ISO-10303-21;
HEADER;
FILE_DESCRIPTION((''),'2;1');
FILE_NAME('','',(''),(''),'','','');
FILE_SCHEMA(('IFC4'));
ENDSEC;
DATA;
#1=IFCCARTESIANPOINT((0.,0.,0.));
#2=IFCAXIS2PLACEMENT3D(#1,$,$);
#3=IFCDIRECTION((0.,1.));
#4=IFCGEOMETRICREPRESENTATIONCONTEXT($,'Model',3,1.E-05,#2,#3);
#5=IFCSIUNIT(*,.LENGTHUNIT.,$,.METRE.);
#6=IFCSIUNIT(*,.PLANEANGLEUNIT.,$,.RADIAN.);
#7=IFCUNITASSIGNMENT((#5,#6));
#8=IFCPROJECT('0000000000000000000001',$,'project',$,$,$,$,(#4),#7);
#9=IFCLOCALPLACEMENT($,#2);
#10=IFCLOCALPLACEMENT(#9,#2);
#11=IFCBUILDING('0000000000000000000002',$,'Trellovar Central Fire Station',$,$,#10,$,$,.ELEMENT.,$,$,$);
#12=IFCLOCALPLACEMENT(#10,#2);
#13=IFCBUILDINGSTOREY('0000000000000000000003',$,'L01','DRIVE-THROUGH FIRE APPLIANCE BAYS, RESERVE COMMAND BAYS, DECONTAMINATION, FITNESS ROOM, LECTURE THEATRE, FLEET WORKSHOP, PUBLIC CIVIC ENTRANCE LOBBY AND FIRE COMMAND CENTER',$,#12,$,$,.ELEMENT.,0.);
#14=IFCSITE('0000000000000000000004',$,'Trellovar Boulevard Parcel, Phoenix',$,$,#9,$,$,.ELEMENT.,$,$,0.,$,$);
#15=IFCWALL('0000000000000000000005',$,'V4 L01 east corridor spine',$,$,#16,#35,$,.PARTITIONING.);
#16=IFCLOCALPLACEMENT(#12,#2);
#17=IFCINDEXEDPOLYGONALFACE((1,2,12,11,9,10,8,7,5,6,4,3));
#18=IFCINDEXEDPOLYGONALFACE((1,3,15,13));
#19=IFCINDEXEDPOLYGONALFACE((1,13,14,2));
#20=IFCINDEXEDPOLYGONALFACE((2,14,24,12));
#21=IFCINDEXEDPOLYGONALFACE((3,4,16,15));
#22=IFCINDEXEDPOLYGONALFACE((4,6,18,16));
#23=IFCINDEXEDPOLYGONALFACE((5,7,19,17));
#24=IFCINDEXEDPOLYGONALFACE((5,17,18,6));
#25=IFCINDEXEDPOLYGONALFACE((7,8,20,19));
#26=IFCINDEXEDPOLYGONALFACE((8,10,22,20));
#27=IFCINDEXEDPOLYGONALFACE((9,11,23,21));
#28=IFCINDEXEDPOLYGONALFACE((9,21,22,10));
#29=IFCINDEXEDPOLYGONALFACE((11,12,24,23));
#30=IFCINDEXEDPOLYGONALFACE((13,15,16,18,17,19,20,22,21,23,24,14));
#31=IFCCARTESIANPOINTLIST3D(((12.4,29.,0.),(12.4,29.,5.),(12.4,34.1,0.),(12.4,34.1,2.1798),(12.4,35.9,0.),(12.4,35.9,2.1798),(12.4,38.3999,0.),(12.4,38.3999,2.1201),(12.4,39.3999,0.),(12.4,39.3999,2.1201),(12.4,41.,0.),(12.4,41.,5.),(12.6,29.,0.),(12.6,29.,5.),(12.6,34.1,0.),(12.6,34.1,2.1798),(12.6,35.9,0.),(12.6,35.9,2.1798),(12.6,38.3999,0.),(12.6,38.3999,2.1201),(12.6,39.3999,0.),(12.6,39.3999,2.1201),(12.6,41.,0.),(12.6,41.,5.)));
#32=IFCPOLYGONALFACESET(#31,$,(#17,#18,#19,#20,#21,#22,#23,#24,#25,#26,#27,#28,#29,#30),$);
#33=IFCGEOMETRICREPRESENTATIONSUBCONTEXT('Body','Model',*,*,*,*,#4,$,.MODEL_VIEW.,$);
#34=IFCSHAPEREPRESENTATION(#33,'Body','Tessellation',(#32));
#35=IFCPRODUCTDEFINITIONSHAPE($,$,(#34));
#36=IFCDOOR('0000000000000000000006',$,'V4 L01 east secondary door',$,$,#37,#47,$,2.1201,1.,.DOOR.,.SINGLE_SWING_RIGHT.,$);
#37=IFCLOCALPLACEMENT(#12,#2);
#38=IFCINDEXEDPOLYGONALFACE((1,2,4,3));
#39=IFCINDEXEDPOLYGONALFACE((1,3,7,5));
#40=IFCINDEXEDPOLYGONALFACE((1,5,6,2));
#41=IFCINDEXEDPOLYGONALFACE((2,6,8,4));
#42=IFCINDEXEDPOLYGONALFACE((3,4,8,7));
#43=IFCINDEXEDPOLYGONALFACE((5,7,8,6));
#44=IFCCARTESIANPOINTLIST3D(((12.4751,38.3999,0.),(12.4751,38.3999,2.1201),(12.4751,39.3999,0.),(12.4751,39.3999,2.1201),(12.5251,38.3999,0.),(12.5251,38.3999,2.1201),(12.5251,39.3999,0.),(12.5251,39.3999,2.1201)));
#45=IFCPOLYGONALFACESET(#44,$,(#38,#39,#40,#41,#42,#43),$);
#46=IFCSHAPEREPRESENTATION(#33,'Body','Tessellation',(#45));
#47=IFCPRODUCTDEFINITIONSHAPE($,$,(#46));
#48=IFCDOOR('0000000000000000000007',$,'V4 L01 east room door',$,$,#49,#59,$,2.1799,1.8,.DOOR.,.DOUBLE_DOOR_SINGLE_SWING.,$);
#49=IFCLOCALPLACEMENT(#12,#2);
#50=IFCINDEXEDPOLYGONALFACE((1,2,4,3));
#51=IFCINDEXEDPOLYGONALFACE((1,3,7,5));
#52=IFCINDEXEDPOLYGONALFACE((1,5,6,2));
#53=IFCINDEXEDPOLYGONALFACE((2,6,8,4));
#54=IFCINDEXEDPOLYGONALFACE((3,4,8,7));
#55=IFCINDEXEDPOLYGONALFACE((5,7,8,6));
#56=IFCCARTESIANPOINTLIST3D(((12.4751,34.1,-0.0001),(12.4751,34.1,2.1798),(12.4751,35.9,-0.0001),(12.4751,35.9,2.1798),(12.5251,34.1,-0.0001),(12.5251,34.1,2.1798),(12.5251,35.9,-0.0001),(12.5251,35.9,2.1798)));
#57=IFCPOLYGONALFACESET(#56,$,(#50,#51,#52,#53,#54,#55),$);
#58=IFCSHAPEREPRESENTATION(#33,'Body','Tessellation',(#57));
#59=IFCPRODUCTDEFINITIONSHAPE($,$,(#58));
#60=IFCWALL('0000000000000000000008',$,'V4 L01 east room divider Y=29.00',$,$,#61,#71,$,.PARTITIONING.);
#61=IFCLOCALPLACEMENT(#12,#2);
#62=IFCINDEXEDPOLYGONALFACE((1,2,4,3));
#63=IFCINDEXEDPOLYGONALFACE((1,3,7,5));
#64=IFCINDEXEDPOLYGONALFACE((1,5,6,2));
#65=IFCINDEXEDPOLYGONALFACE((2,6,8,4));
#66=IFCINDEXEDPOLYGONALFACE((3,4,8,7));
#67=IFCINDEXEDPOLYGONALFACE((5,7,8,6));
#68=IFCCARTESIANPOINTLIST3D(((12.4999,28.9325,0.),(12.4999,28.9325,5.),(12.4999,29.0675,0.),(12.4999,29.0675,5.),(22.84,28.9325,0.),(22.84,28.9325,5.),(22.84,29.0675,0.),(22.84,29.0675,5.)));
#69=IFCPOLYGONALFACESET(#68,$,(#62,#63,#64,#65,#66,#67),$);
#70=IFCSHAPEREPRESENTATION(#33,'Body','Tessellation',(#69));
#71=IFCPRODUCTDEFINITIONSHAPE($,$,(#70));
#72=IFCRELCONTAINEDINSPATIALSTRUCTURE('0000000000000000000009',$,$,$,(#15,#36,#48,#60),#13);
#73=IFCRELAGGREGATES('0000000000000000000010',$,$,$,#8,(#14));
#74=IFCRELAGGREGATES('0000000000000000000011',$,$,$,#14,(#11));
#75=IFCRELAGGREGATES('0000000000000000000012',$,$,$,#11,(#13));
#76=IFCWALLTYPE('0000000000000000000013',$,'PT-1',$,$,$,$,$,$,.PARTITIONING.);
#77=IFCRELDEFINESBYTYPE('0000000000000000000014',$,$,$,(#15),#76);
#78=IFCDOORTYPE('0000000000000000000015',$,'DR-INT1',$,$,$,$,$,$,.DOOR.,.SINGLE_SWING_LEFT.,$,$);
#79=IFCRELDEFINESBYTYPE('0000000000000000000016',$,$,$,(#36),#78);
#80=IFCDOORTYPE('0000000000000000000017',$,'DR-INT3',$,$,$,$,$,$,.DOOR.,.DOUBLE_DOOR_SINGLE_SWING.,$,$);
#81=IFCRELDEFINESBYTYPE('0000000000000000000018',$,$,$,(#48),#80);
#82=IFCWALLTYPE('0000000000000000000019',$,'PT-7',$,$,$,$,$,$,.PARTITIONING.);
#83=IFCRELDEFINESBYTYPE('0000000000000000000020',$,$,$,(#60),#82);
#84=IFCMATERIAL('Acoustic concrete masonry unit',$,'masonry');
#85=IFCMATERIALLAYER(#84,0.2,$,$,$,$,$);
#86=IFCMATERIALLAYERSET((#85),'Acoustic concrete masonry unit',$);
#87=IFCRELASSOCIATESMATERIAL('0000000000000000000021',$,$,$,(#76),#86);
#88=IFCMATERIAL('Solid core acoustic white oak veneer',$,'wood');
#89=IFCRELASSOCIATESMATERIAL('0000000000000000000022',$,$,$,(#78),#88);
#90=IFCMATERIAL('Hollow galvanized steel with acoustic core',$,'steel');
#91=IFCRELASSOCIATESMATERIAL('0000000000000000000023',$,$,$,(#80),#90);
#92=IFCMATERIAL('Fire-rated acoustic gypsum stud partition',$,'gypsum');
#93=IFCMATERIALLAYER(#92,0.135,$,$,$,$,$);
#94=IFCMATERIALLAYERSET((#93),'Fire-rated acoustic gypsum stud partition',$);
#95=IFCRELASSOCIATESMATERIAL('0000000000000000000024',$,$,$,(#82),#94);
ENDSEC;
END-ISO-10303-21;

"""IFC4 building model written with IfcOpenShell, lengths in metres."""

from ifc_helpers import new_model, si_unit, direction, frame, frame_2d, origin, place, context, subcontext, project, spatial, rectangle, extrude, material, layer, layer_set, type_object, element, fill, save


model = new_model("IFC4")

# Units and contexts
model_context = context("Model", 3, precision=1e-05, world=origin(), true_north=direction((0.0, 1.0)))
body_context = subcontext(model_context, "Body", "Model", "MODEL_VIEW")
ifc_project = project(units=[si_unit("LENGTHUNIT", "METRE"), si_unit("PLANEANGLEUNIT", "RADIAN")], contexts=[model_context])

# Site, building, storey
site_placement = place(None, origin())
site = spatial("IfcSite", under=ifc_project, at=site_placement, Name="Trellovar Boulevard Parcel, Phoenix", CompositionType="ELEMENT", RefElevation=0.0)
building_placement = place(site_placement, origin())
building = spatial("IfcBuilding", under=site, at=building_placement, Name="Trellovar Central Fire Station", CompositionType="ELEMENT")
storey_placement = place(building_placement, origin())
storey = spatial("IfcBuildingStorey", under=building, at=storey_placement, Name="L01", Description="DRIVE-THROUGH FIRE APPLIANCE BAYS, RESERVE COMMAND BAYS, DECONTAMINATION, FITNESS ROOM, LECTURE THEATRE, FLEET WORKSHOP, PUBLIC CIVIC ENTRANCE LOBBY AND FIRE COMMAND CENTER", CompositionType="ELEMENT", Elevation=0.0)

# Wall, openings, doors
ifc_material_1 = material(Name="Acoustic concrete masonry unit", Category="masonry")
ifc_layer_1 = layer(ifc_material_1, 0.2)
ifc_layer_set_1 = layer_set([ifc_layer_1], Name="Acoustic concrete masonry unit")
wall_type_1 = type_object("IfcWallType", Name="PT-1", PredefinedType="PARTITIONING", material=ifc_layer_set_1)
wall_1_placement = place(storey_placement, frame((12.5, 29.0, 0.0), z_axis=(0.0, 0.0, 1.0), x_axis=(0.0, 1.0, 0.0)))
wall_1 = element("IfcWall", 1, at=wall_1_placement, inside=storey, type_object=wall_type_1, Name="V4 L01 east corridor spine", PredefinedType="PARTITIONING", context=body_context, shape_type="SweptSolid", body=[
    extrude(rectangle(XDim=12.0, YDim=0.2, at=frame_2d((6.0, 0.0))), origin(), (0.0, 0.0, 1.0), 5.0),
])
opening_1_placement = place(wall_1_placement, frame((5.1001, 0.0, 0.0)))
opening_1 = element("IfcOpeningElement", 2, at=opening_1_placement, cuts=wall_1, PredefinedType="OPENING", context=body_context, shape_type="SweptSolid", body=[
    extrude(rectangle(XDim=1.8, YDim=2.1799, at=frame_2d((0.8999, 1.0898))), frame((0.0, 0.1099, 0.0), z_axis=(0.0, -1.0, 0.0), x_axis=(1.0, 0.0, 0.0)), (0.0, 0.0, 1.0), 0.22),
])
opening_2_placement = place(wall_1_placement, frame((9.3999, 0.0, 0.0)))
opening_2 = element("IfcOpeningElement", 3, at=opening_2_placement, cuts=wall_1, PredefinedType="OPENING", context=body_context, shape_type="SweptSolid", body=[
    extrude(rectangle(XDim=1.0, YDim=2.1201, at=frame_2d((0.5, 1.0601))), frame((0.0, 0.1099, 0.0), z_axis=(0.0, -1.0, 0.0), x_axis=(1.0, 0.0, 0.0)), (0.0, 0.0, 1.0), 0.22),
])
ifc_material_2 = material(Name="Solid core acoustic white oak veneer", Category="wood")
door_type_1 = type_object("IfcDoorType", Name="DR-INT1", OperationType="SINGLE_SWING_LEFT", PredefinedType="DOOR", material=ifc_material_2)
door_1_placement = place(opening_2_placement, origin())
door_1 = element("IfcDoor", 4, at=door_1_placement, inside=storey, type_object=door_type_1, Name="V4 L01 east secondary door", OperationType="SINGLE_SWING_RIGHT", OverallHeight=2.1201, OverallWidth=1.0, PredefinedType="DOOR", context=body_context, shape_type="SweptSolid", body=[
    extrude(rectangle(XDim=1.0, YDim=2.1201, at=frame_2d((0.5, 1.0601))), frame((0.0, 0.0249, 0.0), z_axis=(0.0, -1.0, 0.0), x_axis=(1.0, 0.0, 0.0)), (0.0, 0.0, 1.0), 0.05),
])
fill(opening_2, door_1)
ifc_material_3 = material(Name="Hollow galvanized steel with acoustic core", Category="steel")
door_type_2 = type_object("IfcDoorType", Name="DR-INT3", OperationType="DOUBLE_DOOR_SINGLE_SWING", PredefinedType="DOOR", material=ifc_material_3)
door_2_placement = place(opening_1_placement, origin())
door_2 = element("IfcDoor", 5, at=door_2_placement, inside=storey, type_object=door_type_2, Name="V4 L01 east room door", OperationType="DOUBLE_DOOR_SINGLE_SWING", OverallHeight=2.1799, OverallWidth=1.8, PredefinedType="DOOR", context=body_context, shape_type="SweptSolid", body=[
    extrude(rectangle(XDim=1.8, YDim=2.1799, at=frame_2d((0.8999, 1.0898))), frame((0.0, 0.0249, 0.0), z_axis=(0.0, -1.0, 0.0), x_axis=(1.0, 0.0, 0.0)), (0.0, 0.0, 1.0), 0.05),
])
fill(opening_1, door_2)

# Wall
ifc_material_4 = material(Name="Fire-rated acoustic gypsum stud partition", Category="gypsum")
ifc_layer_2 = layer(ifc_material_4, 0.135)
ifc_layer_set_2 = layer_set([ifc_layer_2], Name="Fire-rated acoustic gypsum stud partition")
wall_type_2 = type_object("IfcWallType", Name="PT-7", PredefinedType="PARTITIONING", material=ifc_layer_set_2)
wall_2_placement = place(storey_placement, frame((12.5, 29.0, 0.0), z_axis=(0.0, 0.0, 1.0), x_axis=(1.0, 0.0, 0.0)))
element("IfcWall", 6, at=wall_2_placement, inside=storey, type_object=wall_type_2, Name="V4 L01 east room divider Y=29.00", PredefinedType="PARTITIONING", context=body_context, shape_type="SweptSolid", body=[
    extrude(rectangle(XDim=10.3401, YDim=0.135, at=frame_2d((5.1699, 0.0))), origin(), (0.0, 0.0, 1.0), 5.0),
])

save(model, "model.ifc")
